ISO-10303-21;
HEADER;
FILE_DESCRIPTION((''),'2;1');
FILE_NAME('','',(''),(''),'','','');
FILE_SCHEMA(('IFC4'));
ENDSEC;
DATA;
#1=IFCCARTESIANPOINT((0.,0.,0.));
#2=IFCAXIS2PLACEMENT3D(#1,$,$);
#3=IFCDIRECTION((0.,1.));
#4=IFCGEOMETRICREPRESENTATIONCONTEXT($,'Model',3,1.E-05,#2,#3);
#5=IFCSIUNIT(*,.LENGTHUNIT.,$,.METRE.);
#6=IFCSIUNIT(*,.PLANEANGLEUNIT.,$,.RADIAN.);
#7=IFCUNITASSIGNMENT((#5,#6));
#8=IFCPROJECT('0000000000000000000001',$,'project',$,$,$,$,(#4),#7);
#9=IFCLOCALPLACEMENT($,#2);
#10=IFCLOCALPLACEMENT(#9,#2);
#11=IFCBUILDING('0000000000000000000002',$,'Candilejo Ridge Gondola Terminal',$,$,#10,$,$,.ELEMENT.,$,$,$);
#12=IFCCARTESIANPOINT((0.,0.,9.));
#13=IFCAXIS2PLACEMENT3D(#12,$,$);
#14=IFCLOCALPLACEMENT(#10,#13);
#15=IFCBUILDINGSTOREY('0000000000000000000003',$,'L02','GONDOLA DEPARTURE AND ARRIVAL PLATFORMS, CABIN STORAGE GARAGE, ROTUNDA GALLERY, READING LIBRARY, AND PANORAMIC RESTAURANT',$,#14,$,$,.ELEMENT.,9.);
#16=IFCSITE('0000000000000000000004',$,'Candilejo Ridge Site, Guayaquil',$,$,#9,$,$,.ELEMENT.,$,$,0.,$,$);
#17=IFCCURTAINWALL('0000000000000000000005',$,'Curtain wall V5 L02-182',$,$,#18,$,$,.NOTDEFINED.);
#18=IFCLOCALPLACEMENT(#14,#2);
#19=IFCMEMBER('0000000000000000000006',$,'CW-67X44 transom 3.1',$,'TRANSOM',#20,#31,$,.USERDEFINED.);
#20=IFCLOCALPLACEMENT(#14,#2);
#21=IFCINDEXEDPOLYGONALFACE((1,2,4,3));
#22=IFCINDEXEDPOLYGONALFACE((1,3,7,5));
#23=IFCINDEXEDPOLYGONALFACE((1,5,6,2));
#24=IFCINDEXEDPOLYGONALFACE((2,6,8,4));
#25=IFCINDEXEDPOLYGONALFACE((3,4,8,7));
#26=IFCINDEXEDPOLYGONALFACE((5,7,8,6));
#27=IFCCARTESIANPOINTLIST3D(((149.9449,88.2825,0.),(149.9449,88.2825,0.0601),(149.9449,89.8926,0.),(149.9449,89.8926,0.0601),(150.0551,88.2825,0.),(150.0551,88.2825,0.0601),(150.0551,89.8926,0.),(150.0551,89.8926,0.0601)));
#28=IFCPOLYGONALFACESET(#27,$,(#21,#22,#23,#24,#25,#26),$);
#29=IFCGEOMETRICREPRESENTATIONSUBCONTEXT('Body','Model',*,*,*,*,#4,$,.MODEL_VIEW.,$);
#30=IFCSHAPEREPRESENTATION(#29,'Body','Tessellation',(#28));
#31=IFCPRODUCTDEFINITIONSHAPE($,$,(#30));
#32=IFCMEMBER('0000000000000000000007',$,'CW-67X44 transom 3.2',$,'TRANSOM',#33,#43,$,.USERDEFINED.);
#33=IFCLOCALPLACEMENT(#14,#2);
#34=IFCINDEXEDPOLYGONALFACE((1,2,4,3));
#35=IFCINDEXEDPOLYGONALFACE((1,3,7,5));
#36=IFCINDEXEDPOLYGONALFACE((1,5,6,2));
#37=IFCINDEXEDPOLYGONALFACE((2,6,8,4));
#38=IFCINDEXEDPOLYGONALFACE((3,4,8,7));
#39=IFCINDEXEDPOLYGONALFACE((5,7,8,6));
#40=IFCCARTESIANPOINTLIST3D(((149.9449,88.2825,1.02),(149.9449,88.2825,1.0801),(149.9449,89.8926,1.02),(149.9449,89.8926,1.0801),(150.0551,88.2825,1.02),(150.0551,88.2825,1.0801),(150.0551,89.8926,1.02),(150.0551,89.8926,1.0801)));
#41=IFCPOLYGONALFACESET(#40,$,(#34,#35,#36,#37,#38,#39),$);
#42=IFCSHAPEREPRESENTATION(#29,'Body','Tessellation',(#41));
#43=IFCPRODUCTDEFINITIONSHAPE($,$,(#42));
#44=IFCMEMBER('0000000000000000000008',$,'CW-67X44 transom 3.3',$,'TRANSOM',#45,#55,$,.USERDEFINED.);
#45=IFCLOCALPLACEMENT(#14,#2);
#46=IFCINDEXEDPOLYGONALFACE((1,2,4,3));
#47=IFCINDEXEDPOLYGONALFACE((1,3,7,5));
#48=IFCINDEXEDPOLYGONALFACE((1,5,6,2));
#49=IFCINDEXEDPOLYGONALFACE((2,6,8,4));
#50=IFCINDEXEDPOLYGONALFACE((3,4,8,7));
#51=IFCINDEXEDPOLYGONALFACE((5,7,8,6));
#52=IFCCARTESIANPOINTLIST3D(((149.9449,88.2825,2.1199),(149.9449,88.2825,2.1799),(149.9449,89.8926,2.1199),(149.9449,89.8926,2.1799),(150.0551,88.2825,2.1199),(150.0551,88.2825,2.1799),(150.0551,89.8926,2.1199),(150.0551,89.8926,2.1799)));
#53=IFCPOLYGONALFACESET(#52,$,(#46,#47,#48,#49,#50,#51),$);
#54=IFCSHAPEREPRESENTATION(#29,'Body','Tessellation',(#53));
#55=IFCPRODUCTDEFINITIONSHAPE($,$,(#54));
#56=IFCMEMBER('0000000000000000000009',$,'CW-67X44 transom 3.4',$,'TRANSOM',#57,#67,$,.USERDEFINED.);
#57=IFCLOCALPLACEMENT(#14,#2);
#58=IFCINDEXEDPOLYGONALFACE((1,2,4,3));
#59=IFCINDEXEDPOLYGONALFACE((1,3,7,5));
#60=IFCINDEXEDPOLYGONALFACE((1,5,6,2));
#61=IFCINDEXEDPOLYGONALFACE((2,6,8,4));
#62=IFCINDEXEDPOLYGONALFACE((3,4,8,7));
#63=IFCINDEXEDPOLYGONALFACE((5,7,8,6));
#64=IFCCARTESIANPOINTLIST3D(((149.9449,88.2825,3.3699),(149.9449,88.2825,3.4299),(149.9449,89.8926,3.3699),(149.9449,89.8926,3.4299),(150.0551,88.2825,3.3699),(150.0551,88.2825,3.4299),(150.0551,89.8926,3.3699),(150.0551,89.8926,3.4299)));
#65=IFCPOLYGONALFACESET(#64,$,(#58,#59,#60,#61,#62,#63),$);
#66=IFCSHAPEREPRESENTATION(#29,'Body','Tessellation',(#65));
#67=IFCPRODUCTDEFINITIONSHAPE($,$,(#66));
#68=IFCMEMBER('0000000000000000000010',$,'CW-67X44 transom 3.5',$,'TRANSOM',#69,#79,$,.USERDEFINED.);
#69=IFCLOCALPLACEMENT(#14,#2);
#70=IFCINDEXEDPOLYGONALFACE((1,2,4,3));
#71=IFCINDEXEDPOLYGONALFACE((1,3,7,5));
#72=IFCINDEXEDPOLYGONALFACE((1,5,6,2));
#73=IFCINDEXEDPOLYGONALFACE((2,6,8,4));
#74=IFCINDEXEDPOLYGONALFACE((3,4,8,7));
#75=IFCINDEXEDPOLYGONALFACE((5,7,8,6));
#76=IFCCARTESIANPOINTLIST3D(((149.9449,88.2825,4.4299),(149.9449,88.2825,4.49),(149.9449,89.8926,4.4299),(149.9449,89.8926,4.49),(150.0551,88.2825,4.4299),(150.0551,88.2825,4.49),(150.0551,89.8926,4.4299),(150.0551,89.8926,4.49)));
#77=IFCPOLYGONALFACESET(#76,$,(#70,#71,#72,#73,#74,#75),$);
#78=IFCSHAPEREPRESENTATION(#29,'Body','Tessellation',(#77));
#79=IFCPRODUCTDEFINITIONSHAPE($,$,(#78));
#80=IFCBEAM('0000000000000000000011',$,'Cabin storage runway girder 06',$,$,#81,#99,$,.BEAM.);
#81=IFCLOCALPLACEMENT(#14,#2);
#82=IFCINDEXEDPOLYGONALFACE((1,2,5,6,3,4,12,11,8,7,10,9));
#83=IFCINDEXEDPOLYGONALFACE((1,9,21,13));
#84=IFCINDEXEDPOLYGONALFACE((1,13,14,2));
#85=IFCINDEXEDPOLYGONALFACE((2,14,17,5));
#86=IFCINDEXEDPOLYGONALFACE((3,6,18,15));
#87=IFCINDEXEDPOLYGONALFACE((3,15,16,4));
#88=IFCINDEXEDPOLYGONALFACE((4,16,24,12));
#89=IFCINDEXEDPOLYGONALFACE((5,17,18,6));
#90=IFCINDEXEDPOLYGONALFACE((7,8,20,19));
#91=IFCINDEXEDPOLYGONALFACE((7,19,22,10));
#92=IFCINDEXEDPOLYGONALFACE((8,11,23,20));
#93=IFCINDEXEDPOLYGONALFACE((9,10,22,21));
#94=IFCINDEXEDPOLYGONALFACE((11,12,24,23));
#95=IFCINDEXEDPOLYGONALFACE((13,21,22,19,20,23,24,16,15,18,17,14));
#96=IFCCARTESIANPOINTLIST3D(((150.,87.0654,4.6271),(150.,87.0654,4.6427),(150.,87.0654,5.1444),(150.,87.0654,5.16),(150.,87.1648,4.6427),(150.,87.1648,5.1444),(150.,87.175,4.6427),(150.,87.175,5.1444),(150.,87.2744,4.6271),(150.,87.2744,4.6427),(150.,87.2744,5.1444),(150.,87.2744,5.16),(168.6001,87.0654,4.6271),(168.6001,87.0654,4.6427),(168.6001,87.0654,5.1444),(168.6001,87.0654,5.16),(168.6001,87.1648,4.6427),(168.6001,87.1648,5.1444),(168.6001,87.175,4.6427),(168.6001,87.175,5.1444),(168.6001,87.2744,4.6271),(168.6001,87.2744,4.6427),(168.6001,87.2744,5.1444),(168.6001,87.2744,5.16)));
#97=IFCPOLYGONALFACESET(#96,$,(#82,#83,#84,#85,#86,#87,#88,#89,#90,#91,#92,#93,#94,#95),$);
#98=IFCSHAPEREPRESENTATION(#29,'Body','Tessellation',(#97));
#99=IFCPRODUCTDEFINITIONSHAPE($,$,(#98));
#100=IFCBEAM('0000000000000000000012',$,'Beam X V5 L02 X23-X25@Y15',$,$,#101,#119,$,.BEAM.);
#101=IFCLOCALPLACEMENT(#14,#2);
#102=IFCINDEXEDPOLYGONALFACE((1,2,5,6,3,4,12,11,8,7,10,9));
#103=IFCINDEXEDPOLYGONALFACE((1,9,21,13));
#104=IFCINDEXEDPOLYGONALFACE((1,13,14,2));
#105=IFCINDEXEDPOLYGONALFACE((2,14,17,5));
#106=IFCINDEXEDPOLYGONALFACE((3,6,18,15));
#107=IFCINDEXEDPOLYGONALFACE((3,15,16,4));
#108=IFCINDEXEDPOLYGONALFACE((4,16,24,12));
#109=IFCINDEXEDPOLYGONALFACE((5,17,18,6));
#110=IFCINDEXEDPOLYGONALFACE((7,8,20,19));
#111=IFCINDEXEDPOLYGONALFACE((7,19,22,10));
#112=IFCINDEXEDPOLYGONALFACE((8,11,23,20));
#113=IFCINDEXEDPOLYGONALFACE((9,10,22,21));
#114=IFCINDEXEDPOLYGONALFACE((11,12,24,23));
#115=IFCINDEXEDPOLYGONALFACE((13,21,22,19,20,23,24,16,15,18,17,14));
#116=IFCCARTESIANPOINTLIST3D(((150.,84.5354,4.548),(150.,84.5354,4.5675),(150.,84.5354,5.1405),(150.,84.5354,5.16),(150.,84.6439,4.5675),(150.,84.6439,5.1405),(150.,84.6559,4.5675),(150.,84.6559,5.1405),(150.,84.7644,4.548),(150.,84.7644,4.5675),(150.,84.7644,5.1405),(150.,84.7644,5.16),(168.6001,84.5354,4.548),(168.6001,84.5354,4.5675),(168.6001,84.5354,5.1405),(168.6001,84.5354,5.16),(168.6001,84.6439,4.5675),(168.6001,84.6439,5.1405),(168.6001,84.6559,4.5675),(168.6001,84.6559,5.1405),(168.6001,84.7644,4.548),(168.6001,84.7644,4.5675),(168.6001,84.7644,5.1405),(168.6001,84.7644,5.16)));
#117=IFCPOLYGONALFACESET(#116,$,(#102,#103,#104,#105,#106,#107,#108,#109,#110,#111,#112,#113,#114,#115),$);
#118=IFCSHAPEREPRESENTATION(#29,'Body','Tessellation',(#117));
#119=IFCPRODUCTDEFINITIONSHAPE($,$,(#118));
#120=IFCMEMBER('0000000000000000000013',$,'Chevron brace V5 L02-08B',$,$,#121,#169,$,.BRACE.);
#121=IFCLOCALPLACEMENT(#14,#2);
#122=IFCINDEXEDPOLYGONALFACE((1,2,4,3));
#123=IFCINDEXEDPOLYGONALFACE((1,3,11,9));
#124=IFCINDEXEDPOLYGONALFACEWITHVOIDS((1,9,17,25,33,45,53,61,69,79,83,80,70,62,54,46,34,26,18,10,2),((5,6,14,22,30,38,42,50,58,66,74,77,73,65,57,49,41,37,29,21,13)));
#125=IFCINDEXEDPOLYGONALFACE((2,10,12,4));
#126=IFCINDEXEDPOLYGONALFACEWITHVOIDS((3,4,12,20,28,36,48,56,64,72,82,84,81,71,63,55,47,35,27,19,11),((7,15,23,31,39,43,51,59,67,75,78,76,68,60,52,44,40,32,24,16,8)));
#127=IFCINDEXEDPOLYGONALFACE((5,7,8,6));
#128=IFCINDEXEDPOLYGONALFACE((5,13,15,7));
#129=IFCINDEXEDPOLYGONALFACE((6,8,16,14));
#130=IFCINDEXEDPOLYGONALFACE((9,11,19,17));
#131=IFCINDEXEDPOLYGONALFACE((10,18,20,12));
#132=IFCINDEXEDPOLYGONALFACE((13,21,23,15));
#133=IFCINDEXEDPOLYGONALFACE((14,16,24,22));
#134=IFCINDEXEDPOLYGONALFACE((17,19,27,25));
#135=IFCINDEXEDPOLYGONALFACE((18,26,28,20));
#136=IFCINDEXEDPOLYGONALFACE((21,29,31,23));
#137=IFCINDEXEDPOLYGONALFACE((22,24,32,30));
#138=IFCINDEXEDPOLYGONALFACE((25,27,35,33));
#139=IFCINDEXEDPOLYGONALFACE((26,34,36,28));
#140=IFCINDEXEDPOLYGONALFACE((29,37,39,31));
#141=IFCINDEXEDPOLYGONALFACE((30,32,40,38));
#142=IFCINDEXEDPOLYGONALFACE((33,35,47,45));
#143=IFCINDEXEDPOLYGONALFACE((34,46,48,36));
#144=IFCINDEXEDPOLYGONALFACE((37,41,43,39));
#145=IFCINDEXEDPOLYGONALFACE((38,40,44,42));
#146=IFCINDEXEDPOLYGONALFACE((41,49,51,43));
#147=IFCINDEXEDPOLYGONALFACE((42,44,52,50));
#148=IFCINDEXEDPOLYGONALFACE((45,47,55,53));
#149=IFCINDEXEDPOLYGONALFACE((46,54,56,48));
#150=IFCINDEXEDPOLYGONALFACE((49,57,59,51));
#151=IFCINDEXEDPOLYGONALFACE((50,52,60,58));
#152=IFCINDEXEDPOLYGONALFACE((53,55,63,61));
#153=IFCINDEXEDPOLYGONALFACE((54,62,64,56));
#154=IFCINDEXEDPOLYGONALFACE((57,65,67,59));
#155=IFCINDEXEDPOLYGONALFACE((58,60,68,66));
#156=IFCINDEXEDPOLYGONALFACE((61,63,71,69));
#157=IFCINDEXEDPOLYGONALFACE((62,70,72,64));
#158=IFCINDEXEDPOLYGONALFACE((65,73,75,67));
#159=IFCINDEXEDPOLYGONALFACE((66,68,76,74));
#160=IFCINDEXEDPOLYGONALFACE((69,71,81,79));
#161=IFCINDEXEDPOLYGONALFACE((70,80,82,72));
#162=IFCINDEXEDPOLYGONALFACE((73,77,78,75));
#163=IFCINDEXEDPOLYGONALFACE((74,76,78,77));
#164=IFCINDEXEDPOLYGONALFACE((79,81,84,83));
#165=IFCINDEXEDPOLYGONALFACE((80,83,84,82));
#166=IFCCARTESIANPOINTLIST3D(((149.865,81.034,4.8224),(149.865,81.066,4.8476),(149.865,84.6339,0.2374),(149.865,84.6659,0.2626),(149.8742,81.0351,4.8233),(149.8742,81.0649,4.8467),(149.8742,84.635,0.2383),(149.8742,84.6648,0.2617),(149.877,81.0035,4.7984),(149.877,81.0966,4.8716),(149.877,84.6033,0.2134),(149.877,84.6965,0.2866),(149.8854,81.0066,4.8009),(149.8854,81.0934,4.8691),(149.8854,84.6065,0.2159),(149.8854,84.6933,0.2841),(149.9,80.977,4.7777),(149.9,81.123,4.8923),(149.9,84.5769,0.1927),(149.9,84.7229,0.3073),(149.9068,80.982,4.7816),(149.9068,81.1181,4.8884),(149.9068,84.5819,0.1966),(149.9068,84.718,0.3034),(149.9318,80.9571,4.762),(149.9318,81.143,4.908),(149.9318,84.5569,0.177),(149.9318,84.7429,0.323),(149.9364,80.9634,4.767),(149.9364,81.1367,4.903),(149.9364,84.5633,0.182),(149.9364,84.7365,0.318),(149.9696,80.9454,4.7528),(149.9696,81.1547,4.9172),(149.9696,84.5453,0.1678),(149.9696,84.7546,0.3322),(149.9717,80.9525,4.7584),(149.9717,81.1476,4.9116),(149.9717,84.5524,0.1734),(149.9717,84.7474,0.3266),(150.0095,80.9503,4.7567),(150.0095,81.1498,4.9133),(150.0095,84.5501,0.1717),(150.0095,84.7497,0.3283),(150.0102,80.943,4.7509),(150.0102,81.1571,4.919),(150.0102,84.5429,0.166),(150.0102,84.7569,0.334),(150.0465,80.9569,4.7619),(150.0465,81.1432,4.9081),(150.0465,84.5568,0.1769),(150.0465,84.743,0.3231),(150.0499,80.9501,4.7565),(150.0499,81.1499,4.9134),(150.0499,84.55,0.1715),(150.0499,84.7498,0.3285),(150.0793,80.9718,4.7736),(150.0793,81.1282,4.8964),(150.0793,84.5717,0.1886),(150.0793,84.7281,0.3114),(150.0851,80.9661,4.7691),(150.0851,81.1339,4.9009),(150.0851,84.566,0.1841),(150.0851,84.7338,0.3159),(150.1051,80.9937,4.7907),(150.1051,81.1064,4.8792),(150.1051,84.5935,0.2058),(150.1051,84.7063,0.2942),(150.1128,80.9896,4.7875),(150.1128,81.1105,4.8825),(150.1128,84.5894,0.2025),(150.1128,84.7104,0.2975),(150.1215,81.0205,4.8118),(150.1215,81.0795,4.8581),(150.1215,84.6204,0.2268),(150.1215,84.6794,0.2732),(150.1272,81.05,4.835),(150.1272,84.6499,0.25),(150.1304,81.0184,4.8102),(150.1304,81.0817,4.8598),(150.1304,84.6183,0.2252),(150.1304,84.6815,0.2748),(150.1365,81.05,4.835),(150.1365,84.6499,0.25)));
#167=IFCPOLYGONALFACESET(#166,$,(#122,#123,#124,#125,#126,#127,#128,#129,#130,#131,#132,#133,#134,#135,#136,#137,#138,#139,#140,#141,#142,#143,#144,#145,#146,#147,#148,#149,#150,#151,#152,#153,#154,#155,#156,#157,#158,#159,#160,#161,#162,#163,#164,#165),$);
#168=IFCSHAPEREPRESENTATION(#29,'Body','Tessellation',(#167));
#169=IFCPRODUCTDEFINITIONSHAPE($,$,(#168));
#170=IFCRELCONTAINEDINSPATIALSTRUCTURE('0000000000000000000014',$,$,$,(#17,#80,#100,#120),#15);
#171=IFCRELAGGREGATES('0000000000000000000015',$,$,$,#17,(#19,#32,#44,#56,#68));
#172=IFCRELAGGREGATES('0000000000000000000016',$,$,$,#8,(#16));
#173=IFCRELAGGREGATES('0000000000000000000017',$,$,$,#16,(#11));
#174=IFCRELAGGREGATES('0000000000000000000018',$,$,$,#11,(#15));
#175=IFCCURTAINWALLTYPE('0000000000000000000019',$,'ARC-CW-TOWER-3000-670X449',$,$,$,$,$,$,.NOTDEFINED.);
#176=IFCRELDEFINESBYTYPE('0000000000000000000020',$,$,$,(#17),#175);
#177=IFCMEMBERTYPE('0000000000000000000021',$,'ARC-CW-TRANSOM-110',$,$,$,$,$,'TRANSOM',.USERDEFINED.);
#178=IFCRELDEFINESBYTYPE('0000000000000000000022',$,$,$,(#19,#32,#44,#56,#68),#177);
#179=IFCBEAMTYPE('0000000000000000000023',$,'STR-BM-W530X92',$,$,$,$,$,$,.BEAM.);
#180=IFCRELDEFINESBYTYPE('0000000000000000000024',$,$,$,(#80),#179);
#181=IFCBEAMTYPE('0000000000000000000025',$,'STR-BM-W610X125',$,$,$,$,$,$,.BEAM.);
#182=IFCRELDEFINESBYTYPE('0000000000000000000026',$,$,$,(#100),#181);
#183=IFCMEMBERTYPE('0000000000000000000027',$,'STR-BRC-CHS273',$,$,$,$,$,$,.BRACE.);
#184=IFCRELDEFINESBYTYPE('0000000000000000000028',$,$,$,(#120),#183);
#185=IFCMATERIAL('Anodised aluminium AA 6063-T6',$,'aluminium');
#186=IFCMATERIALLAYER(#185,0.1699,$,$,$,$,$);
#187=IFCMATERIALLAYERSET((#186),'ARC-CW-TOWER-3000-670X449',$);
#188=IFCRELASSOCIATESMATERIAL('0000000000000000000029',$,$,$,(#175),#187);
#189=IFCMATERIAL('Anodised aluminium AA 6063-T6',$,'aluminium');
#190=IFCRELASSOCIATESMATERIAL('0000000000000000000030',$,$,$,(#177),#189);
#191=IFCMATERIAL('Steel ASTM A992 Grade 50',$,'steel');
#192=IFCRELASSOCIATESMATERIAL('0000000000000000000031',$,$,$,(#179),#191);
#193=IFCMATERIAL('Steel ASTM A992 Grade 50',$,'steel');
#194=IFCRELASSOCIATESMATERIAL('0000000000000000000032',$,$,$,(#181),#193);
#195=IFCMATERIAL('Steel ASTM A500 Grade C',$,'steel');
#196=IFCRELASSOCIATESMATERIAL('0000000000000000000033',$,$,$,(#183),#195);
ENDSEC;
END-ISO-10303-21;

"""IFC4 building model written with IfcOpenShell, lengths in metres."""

from ifc_helpers import new_model, si_unit, direction, frame, origin, origin_2d, place, context, subcontext, project, spatial, rectangle, hollow_circle, i_section, extrude, material, layer, layer_set, material_profile, profile_set, type_object, element, aggregate, save


model = new_model("IFC4")

# Units and contexts
model_context = context("Model", 3, precision=1e-05, world=origin(), true_north=direction((0.0, 1.0)))
body_context = subcontext(model_context, "Body", "Model", "MODEL_VIEW")
ifc_project = project(units=[si_unit("LENGTHUNIT", "METRE"), si_unit("PLANEANGLEUNIT", "RADIAN")], contexts=[model_context])

# Site, building, storey
site_placement = place(None, origin())
site = spatial("IfcSite", under=ifc_project, at=site_placement, Name="Candilejo Ridge Site, Guayaquil", CompositionType="ELEMENT", RefElevation=0.0)
building_placement = place(site_placement, origin())
building = spatial("IfcBuilding", under=site, at=building_placement, Name="Candilejo Ridge Gondola Terminal", CompositionType="ELEMENT")
storey_placement = place(building_placement, frame((0.0, 0.0, 9.0)))
storey = spatial("IfcBuildingStorey", under=building, at=storey_placement, Name="L02", Description="GONDOLA DEPARTURE AND ARRIVAL PLATFORMS, CABIN STORAGE GARAGE, ROTUNDA GALLERY, READING LIBRARY, AND PANORAMIC RESTAURANT", CompositionType="ELEMENT", Elevation=9.0)

# Curtain wall, members
ifc_material_1 = material(Name="Anodised aluminium AA 6063-T6", Category="aluminium")
ifc_layer_1 = layer(ifc_material_1, 0.1699)
ifc_layer_set_1 = layer_set([ifc_layer_1], Name="ARC-CW-TOWER-3000-670X449")
curtain_wall_type = type_object("IfcCurtainWallType", Name="ARC-CW-TOWER-3000-670X449", PredefinedType="NOTDEFINED", material=ifc_layer_set_1)
curtain_wall_placement = place(storey_placement, origin())
curtain_wall = element("IfcCurtainWall", 1, at=curtain_wall_placement, inside=storey, type_object=curtain_wall_type, Name="Curtain wall V5 L02-182", PredefinedType="NOTDEFINED")
ifc_material_2 = material(Name="Anodised aluminium AA 6063-T6", Category="aluminium")
ifc_material_profile_1 = material_profile(ifc_material_2, rectangle(XDim=0.1101, YDim=0.0601, at=origin_2d()))
ifc_profile_set_1 = profile_set([ifc_material_profile_1], Name="Anodised aluminium AA 6063-T6")
member_type_1 = type_object("IfcMemberType", Name="ARC-CW-TRANSOM-110", ElementType="TRANSOM", PredefinedType="USERDEFINED", material=ifc_profile_set_1)
member_1_placement = place(storey_placement, frame((150.0, 88.2825, 0.03), z_axis=(0.0, 1.0, 0.0), x_axis=(-1.0, 0.0, 0.0)))
member_1 = element("IfcMember", 2, at=member_1_placement, type_object=member_type_1, Name="CW-67X44 transom 3.1", ObjectType="TRANSOM", PredefinedType="USERDEFINED", context=body_context, shape_type="SweptSolid", body=[
    extrude(rectangle(XDim=0.1101, YDim=0.0601, at=origin_2d()), origin(), (0.0, 0.0, 1.0), 1.6101),
])
member_2_placement = place(storey_placement, frame((150.0, 88.2825, 1.05), z_axis=(0.0, 1.0, 0.0), x_axis=(-1.0, 0.0, 0.0)))
member_2 = element("IfcMember", 3, at=member_2_placement, type_object=member_type_1, Name="CW-67X44 transom 3.2", ObjectType="TRANSOM", PredefinedType="USERDEFINED", context=body_context, shape_type="SweptSolid", body=[
    extrude(rectangle(XDim=0.1101, YDim=0.0601, at=origin_2d()), origin(), (0.0, 0.0, 1.0), 1.6101),
])
member_3_placement = place(storey_placement, frame((150.0, 88.2825, 2.1499), z_axis=(0.0, 1.0, 0.0), x_axis=(-1.0, 0.0, 0.0)))
member_3 = element("IfcMember", 4, at=member_3_placement, type_object=member_type_1, Name="CW-67X44 transom 3.3", ObjectType="TRANSOM", PredefinedType="USERDEFINED", context=body_context, shape_type="SweptSolid", body=[
    extrude(rectangle(XDim=0.1101, YDim=0.0601, at=origin_2d()), origin(), (0.0, 0.0, 1.0), 1.6101),
])
member_4_placement = place(storey_placement, frame((150.0, 88.2825, 3.3999), z_axis=(0.0, 1.0, 0.0), x_axis=(-1.0, 0.0, 0.0)))
member_4 = element("IfcMember", 5, at=member_4_placement, type_object=member_type_1, Name="CW-67X44 transom 3.4", ObjectType="TRANSOM", PredefinedType="USERDEFINED", context=body_context, shape_type="SweptSolid", body=[
    extrude(rectangle(XDim=0.1101, YDim=0.0601, at=origin_2d()), origin(), (0.0, 0.0, 1.0), 1.6101),
])
member_5_placement = place(storey_placement, frame((150.0, 88.2825, 4.46), z_axis=(0.0, 1.0, 0.0), x_axis=(-1.0, 0.0, 0.0)))
member_5 = element("IfcMember", 6, at=member_5_placement, type_object=member_type_1, Name="CW-67X44 transom 3.5", ObjectType="TRANSOM", PredefinedType="USERDEFINED", context=body_context, shape_type="SweptSolid", body=[
    extrude(rectangle(XDim=0.1101, YDim=0.0601, at=origin_2d()), origin(), (0.0, 0.0, 1.0), 1.6101),
])

# Beams
ifc_material_3 = material(Name="Steel ASTM A992 Grade 50", Category="steel")
ifc_material_profile_2 = material_profile(ifc_material_3, i_section(OverallWidth=0.209, OverallDepth=0.533, WebThickness=0.0103, FlangeThickness=0.0156, at=origin_2d()))
ifc_profile_set_2 = profile_set([ifc_material_profile_2], Name="Steel ASTM A992 Grade 50")
beam_type_1 = type_object("IfcBeamType", Name="STR-BM-W530X92", PredefinedType="BEAM", material=ifc_profile_set_2)
beam_1_placement = place(storey_placement, frame((150.0, 87.1699, 4.8936), z_axis=(1.0, 0.0, 0.0), x_axis=(0.0, 1.0, 0.0)))
element("IfcBeam", 7, at=beam_1_placement, inside=storey, type_object=beam_type_1, Name="Cabin storage runway girder 06", PredefinedType="BEAM", context=body_context, shape_type="SweptSolid", body=[
    extrude(i_section(OverallWidth=0.209, OverallDepth=0.533, WebThickness=0.0103, FlangeThickness=0.0156, at=origin_2d()), origin(), (0.0, 0.0, 1.0), 18.6001),
])
ifc_material_4 = material(Name="Steel ASTM A992 Grade 50", Category="steel")
ifc_material_profile_3 = material_profile(ifc_material_4, i_section(OverallWidth=0.229, OverallDepth=0.6121, WebThickness=0.012, FlangeThickness=0.0195, at=origin_2d()))
ifc_profile_set_3 = profile_set([ifc_material_profile_3], Name="Steel ASTM A992 Grade 50")
beam_type_2 = type_object("IfcBeamType", Name="STR-BM-W610X125", PredefinedType="BEAM", material=ifc_profile_set_3)
beam_2_placement = place(storey_placement, frame((150.0, 84.6499, 4.854), z_axis=(1.0, 0.0, 0.0), x_axis=(0.0, 1.0, 0.0)))
element("IfcBeam", 8, at=beam_2_placement, inside=storey, type_object=beam_type_2, Name="Beam X V5 L02 X23-X25@Y15", PredefinedType="BEAM", context=body_context, shape_type="SweptSolid", body=[
    extrude(i_section(OverallWidth=0.229, OverallDepth=0.6121, WebThickness=0.012, FlangeThickness=0.0195, at=origin_2d()), origin(), (0.0, 0.0, 1.0), 18.6001),
])

# Member
ifc_material_5 = material(Name="Steel ASTM A500 Grade C", Category="steel")
ifc_material_profile_4 = material_profile(ifc_material_5, hollow_circle(Radius=0.1365, WallThickness=0.0093, at=origin_2d()))
ifc_profile_set_4 = profile_set([ifc_material_profile_4], Name="Steel ASTM A500 Grade C")
member_type_2 = type_object("IfcMemberType", Name="STR-BRC-CHS273", PredefinedType="BRACE", material=ifc_profile_set_4)
member_6_placement = place(storey_placement, frame((150.0, 84.6499, 0.25), z_axis=(0.0, -0.617544, 0.786536), x_axis=(1.0, 0.0, 0.0)))
element("IfcMember", 9, at=member_6_placement, inside=storey, type_object=member_type_2, Name="Chevron brace V5 L02-08B", PredefinedType="BRACE", context=body_context, shape_type="SweptSolid", body=[
    extrude(hollow_circle(Radius=0.1365, WallThickness=0.0093, at=origin_2d()), origin(), (0.0, 0.0, 1.0), 5.8293),
])

aggregate(curtain_wall, [member_1, member_2, member_3, member_4, member_5])

save(model, "model.ifc")
